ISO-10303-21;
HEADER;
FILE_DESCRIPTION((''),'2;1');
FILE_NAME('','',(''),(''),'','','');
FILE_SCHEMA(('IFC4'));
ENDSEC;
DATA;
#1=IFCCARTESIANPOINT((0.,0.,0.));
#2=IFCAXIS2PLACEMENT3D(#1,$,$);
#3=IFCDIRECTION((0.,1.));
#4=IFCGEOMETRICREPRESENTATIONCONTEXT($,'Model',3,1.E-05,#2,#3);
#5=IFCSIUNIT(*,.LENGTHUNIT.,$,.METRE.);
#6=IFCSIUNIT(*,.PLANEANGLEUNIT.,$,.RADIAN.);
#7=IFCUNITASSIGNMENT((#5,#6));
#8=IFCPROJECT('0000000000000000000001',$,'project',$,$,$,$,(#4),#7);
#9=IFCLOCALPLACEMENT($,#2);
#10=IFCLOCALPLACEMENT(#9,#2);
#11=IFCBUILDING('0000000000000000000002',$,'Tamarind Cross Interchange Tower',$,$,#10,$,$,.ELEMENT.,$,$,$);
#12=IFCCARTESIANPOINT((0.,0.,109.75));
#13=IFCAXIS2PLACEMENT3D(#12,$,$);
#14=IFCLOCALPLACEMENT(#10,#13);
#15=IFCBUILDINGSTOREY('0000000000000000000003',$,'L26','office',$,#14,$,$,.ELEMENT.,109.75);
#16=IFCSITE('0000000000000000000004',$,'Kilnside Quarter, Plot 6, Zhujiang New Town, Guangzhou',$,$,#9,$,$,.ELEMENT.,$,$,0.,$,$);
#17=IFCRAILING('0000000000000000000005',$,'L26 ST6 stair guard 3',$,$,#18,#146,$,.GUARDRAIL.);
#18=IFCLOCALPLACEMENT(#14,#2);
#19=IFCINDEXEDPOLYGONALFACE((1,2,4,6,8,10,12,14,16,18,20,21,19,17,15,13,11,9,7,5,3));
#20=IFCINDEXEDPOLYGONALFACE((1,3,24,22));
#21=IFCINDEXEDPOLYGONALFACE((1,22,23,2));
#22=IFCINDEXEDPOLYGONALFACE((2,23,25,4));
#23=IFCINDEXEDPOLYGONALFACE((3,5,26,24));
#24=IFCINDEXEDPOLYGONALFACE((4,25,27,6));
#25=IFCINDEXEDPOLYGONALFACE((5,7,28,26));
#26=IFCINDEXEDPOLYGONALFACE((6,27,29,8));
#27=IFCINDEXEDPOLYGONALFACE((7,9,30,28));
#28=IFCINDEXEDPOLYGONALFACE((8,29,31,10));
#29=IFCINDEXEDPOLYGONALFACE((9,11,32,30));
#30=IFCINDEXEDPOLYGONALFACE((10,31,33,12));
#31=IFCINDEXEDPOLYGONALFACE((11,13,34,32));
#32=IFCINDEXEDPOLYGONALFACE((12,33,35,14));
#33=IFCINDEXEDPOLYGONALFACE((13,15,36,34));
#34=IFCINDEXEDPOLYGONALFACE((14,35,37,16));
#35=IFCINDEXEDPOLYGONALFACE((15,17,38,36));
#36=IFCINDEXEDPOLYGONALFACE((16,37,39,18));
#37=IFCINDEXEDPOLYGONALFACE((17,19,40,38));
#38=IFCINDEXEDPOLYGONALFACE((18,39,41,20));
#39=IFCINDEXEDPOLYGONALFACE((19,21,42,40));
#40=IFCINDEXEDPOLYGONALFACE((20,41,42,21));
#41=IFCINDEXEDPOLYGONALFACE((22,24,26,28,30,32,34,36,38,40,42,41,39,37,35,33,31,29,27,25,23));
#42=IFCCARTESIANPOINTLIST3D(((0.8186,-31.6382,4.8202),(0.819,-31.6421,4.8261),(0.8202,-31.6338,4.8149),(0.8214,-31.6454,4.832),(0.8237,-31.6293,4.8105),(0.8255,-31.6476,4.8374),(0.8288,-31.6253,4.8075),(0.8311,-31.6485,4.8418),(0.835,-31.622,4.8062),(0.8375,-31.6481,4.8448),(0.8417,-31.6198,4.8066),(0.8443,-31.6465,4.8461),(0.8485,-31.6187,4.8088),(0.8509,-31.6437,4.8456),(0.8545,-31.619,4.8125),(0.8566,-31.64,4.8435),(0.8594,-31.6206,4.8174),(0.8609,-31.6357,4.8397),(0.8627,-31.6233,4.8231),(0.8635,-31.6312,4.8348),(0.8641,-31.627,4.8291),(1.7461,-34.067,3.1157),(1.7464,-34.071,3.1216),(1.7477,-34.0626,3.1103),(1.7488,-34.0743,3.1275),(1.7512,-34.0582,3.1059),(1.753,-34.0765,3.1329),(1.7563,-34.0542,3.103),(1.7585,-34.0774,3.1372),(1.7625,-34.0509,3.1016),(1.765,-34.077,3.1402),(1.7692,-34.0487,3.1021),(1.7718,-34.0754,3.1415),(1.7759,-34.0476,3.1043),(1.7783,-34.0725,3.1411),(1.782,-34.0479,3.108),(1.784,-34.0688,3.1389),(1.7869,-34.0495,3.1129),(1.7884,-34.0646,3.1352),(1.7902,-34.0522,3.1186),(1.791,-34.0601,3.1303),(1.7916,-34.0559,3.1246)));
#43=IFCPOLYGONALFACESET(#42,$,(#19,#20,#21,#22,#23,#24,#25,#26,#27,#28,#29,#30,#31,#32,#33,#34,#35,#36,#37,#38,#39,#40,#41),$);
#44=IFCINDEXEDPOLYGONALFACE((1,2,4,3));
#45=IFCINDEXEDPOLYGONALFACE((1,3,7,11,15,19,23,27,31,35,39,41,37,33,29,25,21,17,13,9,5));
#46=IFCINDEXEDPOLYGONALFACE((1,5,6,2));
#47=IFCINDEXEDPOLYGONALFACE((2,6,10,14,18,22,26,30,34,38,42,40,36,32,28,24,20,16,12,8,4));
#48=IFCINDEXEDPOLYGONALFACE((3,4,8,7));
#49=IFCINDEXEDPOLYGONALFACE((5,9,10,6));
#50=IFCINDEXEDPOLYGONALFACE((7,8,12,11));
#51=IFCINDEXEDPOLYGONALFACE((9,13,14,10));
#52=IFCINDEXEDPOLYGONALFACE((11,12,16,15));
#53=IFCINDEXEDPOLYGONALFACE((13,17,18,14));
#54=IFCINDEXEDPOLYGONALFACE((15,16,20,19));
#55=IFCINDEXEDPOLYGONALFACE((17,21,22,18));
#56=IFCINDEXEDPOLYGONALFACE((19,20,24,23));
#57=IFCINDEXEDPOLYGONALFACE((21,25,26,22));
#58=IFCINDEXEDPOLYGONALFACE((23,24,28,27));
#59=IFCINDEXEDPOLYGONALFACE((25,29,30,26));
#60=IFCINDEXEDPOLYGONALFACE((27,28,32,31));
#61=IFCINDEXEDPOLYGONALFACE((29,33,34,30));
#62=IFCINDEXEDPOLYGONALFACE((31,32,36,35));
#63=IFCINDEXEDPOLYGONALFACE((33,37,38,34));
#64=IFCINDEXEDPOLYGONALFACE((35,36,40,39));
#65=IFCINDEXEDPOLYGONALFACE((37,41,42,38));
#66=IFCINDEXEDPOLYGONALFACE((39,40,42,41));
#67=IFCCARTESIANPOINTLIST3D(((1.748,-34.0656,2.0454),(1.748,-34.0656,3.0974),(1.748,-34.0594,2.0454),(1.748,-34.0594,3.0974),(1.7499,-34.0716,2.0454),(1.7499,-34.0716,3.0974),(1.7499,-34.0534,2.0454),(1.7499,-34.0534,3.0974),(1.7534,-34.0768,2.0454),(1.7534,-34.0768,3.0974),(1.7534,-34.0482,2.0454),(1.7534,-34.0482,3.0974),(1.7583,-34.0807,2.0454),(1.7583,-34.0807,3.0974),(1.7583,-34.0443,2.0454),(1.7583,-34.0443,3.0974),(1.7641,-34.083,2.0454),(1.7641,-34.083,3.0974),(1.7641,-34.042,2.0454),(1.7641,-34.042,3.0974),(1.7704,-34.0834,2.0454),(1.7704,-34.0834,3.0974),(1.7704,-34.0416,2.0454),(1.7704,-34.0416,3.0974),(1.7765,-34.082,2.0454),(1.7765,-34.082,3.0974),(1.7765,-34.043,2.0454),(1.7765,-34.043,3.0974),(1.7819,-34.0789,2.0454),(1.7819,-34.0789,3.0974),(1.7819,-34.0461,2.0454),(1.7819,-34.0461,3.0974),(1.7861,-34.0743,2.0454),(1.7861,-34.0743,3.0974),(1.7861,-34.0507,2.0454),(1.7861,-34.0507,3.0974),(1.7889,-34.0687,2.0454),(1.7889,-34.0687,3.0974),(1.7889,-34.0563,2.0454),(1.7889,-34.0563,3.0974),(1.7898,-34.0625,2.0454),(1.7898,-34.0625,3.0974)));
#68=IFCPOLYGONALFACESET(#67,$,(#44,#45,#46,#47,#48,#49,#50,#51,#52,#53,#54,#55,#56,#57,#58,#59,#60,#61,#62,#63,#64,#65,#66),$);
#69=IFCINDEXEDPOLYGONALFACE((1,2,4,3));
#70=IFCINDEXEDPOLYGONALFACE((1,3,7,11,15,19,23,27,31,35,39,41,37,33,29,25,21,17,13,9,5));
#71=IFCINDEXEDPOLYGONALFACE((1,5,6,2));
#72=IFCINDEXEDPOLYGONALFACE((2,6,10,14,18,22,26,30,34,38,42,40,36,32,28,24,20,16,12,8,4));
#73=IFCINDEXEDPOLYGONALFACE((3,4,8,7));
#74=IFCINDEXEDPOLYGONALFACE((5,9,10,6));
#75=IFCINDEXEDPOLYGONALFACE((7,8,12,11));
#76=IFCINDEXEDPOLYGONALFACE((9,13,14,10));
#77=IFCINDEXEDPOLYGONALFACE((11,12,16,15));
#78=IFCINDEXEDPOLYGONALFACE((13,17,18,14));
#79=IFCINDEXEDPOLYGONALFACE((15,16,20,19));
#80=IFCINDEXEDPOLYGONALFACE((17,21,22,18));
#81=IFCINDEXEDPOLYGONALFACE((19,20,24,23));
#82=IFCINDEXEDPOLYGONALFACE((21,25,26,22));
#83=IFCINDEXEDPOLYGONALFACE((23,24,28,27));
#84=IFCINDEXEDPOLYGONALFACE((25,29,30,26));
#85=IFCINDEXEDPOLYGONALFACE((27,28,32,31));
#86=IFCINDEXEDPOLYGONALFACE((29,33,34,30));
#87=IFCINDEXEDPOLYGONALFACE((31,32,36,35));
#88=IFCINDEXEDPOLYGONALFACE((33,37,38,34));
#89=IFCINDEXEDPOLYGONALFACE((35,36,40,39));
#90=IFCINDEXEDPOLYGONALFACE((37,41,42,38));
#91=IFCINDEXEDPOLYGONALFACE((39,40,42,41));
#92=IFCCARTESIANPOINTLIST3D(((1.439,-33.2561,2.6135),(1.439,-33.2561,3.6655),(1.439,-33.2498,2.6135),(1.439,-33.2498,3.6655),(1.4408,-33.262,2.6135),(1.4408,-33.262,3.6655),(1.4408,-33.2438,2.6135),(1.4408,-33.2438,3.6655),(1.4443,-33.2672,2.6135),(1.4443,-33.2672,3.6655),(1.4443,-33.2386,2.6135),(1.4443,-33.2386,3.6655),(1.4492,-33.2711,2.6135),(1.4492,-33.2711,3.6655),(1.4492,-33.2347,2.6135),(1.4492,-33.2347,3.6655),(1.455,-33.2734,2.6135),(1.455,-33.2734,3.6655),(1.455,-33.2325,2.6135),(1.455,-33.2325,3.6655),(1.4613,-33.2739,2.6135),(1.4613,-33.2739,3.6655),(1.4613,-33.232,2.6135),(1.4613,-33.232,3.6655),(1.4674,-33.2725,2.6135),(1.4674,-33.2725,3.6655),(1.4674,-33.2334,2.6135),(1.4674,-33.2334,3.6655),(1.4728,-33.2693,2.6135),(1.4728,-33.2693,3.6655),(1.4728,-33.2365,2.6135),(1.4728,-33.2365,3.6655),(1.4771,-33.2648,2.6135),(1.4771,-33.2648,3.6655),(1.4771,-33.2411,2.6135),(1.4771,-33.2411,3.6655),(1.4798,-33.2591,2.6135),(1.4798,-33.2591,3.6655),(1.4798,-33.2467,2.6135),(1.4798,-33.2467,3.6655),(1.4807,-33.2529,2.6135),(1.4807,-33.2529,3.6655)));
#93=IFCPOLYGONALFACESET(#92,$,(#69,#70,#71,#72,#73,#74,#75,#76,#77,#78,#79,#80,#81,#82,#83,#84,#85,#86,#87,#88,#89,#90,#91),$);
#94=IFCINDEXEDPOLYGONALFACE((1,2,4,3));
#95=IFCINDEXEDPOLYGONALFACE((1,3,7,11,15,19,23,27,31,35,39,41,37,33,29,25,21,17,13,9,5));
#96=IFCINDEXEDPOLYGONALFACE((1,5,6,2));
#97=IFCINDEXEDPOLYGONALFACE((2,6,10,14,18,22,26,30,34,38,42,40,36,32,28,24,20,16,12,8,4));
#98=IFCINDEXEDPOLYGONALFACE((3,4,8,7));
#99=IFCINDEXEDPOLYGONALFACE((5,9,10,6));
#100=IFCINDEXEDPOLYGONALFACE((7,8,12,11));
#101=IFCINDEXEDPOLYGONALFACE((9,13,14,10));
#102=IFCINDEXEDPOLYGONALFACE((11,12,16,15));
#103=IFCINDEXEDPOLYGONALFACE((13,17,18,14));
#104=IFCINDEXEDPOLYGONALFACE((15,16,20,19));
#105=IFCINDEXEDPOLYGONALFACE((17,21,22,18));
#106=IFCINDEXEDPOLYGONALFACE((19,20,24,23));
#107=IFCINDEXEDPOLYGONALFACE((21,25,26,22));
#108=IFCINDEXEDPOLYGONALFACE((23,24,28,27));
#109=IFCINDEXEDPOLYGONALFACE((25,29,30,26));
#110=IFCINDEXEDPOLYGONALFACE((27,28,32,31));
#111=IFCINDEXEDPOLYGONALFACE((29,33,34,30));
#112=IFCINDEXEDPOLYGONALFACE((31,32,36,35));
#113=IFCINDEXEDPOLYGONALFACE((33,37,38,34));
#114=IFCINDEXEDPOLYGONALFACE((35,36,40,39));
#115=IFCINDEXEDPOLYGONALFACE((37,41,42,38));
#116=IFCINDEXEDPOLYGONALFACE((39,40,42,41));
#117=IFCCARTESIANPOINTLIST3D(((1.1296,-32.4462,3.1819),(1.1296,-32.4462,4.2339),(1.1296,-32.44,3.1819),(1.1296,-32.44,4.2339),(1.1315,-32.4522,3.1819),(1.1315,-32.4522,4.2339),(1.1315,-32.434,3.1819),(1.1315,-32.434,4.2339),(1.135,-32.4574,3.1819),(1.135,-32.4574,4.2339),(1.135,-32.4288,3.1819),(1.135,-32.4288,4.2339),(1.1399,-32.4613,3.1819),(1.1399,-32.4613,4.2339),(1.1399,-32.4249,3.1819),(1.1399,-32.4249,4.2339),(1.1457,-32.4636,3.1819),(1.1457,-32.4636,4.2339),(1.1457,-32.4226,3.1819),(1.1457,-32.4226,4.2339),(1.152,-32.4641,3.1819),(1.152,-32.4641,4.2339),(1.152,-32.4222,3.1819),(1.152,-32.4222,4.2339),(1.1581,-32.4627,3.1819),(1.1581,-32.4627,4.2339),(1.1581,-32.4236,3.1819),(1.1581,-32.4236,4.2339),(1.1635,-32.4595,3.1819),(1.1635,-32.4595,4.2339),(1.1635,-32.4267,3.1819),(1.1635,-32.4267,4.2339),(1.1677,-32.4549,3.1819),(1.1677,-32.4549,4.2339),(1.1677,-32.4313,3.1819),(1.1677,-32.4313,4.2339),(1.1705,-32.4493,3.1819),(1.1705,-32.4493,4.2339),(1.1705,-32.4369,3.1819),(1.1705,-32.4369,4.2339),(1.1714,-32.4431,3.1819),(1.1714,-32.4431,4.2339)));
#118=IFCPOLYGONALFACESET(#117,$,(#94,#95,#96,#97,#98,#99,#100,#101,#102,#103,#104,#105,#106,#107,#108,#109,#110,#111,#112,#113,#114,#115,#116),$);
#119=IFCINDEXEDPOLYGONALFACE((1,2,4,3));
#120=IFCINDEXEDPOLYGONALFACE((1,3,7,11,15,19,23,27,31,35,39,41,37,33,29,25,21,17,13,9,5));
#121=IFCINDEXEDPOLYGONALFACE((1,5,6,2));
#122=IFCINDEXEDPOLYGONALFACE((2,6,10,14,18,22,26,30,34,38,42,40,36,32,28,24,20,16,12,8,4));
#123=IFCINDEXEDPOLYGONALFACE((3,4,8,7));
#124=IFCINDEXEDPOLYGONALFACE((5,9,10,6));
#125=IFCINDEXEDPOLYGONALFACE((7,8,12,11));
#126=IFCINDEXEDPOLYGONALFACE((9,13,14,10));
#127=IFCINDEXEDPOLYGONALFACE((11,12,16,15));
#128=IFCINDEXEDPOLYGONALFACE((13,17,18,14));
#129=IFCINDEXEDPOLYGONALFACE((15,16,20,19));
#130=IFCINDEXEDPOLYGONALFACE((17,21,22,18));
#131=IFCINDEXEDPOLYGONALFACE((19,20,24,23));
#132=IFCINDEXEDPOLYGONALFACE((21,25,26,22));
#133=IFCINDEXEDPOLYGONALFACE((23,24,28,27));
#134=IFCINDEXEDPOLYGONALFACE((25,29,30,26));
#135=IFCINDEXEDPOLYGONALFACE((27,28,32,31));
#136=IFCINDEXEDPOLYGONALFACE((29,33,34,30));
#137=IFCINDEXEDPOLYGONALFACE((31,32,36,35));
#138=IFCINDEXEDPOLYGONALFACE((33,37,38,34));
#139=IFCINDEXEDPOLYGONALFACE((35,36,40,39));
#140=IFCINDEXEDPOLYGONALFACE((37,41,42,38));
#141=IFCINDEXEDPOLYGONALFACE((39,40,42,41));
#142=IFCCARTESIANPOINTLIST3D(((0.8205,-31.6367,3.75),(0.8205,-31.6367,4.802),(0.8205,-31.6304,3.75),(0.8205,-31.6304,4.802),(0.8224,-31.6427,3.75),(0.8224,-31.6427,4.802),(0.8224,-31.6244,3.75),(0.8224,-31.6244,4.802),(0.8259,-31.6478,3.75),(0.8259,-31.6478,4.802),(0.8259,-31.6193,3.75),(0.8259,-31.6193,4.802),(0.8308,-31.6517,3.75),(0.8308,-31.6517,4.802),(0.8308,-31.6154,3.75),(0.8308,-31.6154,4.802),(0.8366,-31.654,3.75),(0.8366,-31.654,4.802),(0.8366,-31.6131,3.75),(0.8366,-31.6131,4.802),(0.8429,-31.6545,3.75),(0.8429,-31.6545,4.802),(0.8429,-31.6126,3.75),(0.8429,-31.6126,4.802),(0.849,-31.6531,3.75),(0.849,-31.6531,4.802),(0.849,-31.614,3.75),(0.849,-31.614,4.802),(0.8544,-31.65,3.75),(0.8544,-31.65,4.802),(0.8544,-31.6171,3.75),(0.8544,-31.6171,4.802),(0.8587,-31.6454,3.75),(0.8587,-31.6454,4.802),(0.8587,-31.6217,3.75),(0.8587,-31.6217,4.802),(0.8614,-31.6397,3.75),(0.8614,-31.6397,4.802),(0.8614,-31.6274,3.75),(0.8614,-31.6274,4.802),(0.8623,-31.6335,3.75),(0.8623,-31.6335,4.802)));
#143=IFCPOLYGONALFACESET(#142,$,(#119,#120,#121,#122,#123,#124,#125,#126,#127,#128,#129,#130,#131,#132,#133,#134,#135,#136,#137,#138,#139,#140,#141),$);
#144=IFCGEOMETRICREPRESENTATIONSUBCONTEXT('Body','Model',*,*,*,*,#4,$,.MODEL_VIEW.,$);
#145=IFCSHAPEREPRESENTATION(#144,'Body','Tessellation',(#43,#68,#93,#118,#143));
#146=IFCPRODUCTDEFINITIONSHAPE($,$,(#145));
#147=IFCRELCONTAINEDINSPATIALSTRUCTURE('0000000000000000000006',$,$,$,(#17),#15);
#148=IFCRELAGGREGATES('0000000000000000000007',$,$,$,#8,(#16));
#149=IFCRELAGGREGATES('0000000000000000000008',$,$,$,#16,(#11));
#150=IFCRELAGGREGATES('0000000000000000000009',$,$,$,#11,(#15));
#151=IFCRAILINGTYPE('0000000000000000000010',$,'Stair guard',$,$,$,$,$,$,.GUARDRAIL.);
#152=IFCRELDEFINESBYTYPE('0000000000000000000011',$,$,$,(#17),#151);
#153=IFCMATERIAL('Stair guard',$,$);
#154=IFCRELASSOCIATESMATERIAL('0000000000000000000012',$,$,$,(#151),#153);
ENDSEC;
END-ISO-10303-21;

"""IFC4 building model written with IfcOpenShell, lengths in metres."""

from ifc_helpers import new_model, si_unit, direction, frame, origin, origin_2d, place, context, subcontext, project, spatial, circle, extrude, material, type_object, element, save


model = new_model("IFC4")

# Units and contexts
model_context = context("Model", 3, precision=1e-05, world=origin(), true_north=direction((0.0, 1.0)))
body_context = subcontext(model_context, "Body", "Model", "MODEL_VIEW")
ifc_project = project(units=[si_unit("LENGTHUNIT", "METRE"), si_unit("PLANEANGLEUNIT", "RADIAN")], contexts=[model_context])

# Site, building, storey
site_placement = place(None, origin())
site = spatial("IfcSite", under=ifc_project, at=site_placement, Name="Kilnside Quarter, Plot 6, Zhujiang New Town, Guangzhou", CompositionType="ELEMENT", RefElevation=0.0)
building_placement = place(site_placement, origin())
building = spatial("IfcBuilding", under=site, at=building_placement, Name="Tamarind Cross Interchange Tower", CompositionType="ELEMENT")
storey_placement = place(building_placement, frame((0.0, 0.0, 109.75)))
storey = spatial("IfcBuildingStorey", under=building, at=storey_placement, Name="L26", Description="office", CompositionType="ELEMENT", Elevation=109.75)

# Railing
ifc_material_1 = material(Name="Stair guard")
railing_type_1 = type_object("IfcRailingType", Name="Stair guard", PredefinedType="GUARDRAIL", material=ifc_material_1)
railing_1_placement = place(storey_placement, frame((1.7688, -34.0625, 2.0454)))
element("IfcRailing", 1, at=railing_1_placement, inside=storey, type_object=railing_type_1, Name="L26 ST6 stair guard 3", PredefinedType="GUARDRAIL", context=body_context, shape_type="SweptSolid", body=[
    extrude(circle(Radius=0.0239, at=origin_2d()), frame((0.0, 0.0, 1.0762), z_axis=(-0.298327, 0.781274, 0.548281), x_axis=(-0.934209, -0.356725, 0.0)), (0.0, 0.0, 1.0), 3.1089),
    extrude(circle(Radius=0.021, at=origin_2d()), origin(), (0.0, 0.0, 1.0), 1.052),
    extrude(circle(Radius=0.021, at=origin_2d()), frame((-0.3091, 0.8096, 0.5681)), (0.0, 0.0, 1.0), 1.052),
    extrude(circle(Radius=0.021, at=origin_2d()), frame((-0.6184, 1.6194, 1.1365)), (0.0, 0.0, 1.0), 1.052),
    extrude(circle(Radius=0.021, at=origin_2d()), frame((-0.9275, 2.429, 1.7046)), (0.0, 0.0, 1.0), 1.052),
])

save(model, "model.ifc")
